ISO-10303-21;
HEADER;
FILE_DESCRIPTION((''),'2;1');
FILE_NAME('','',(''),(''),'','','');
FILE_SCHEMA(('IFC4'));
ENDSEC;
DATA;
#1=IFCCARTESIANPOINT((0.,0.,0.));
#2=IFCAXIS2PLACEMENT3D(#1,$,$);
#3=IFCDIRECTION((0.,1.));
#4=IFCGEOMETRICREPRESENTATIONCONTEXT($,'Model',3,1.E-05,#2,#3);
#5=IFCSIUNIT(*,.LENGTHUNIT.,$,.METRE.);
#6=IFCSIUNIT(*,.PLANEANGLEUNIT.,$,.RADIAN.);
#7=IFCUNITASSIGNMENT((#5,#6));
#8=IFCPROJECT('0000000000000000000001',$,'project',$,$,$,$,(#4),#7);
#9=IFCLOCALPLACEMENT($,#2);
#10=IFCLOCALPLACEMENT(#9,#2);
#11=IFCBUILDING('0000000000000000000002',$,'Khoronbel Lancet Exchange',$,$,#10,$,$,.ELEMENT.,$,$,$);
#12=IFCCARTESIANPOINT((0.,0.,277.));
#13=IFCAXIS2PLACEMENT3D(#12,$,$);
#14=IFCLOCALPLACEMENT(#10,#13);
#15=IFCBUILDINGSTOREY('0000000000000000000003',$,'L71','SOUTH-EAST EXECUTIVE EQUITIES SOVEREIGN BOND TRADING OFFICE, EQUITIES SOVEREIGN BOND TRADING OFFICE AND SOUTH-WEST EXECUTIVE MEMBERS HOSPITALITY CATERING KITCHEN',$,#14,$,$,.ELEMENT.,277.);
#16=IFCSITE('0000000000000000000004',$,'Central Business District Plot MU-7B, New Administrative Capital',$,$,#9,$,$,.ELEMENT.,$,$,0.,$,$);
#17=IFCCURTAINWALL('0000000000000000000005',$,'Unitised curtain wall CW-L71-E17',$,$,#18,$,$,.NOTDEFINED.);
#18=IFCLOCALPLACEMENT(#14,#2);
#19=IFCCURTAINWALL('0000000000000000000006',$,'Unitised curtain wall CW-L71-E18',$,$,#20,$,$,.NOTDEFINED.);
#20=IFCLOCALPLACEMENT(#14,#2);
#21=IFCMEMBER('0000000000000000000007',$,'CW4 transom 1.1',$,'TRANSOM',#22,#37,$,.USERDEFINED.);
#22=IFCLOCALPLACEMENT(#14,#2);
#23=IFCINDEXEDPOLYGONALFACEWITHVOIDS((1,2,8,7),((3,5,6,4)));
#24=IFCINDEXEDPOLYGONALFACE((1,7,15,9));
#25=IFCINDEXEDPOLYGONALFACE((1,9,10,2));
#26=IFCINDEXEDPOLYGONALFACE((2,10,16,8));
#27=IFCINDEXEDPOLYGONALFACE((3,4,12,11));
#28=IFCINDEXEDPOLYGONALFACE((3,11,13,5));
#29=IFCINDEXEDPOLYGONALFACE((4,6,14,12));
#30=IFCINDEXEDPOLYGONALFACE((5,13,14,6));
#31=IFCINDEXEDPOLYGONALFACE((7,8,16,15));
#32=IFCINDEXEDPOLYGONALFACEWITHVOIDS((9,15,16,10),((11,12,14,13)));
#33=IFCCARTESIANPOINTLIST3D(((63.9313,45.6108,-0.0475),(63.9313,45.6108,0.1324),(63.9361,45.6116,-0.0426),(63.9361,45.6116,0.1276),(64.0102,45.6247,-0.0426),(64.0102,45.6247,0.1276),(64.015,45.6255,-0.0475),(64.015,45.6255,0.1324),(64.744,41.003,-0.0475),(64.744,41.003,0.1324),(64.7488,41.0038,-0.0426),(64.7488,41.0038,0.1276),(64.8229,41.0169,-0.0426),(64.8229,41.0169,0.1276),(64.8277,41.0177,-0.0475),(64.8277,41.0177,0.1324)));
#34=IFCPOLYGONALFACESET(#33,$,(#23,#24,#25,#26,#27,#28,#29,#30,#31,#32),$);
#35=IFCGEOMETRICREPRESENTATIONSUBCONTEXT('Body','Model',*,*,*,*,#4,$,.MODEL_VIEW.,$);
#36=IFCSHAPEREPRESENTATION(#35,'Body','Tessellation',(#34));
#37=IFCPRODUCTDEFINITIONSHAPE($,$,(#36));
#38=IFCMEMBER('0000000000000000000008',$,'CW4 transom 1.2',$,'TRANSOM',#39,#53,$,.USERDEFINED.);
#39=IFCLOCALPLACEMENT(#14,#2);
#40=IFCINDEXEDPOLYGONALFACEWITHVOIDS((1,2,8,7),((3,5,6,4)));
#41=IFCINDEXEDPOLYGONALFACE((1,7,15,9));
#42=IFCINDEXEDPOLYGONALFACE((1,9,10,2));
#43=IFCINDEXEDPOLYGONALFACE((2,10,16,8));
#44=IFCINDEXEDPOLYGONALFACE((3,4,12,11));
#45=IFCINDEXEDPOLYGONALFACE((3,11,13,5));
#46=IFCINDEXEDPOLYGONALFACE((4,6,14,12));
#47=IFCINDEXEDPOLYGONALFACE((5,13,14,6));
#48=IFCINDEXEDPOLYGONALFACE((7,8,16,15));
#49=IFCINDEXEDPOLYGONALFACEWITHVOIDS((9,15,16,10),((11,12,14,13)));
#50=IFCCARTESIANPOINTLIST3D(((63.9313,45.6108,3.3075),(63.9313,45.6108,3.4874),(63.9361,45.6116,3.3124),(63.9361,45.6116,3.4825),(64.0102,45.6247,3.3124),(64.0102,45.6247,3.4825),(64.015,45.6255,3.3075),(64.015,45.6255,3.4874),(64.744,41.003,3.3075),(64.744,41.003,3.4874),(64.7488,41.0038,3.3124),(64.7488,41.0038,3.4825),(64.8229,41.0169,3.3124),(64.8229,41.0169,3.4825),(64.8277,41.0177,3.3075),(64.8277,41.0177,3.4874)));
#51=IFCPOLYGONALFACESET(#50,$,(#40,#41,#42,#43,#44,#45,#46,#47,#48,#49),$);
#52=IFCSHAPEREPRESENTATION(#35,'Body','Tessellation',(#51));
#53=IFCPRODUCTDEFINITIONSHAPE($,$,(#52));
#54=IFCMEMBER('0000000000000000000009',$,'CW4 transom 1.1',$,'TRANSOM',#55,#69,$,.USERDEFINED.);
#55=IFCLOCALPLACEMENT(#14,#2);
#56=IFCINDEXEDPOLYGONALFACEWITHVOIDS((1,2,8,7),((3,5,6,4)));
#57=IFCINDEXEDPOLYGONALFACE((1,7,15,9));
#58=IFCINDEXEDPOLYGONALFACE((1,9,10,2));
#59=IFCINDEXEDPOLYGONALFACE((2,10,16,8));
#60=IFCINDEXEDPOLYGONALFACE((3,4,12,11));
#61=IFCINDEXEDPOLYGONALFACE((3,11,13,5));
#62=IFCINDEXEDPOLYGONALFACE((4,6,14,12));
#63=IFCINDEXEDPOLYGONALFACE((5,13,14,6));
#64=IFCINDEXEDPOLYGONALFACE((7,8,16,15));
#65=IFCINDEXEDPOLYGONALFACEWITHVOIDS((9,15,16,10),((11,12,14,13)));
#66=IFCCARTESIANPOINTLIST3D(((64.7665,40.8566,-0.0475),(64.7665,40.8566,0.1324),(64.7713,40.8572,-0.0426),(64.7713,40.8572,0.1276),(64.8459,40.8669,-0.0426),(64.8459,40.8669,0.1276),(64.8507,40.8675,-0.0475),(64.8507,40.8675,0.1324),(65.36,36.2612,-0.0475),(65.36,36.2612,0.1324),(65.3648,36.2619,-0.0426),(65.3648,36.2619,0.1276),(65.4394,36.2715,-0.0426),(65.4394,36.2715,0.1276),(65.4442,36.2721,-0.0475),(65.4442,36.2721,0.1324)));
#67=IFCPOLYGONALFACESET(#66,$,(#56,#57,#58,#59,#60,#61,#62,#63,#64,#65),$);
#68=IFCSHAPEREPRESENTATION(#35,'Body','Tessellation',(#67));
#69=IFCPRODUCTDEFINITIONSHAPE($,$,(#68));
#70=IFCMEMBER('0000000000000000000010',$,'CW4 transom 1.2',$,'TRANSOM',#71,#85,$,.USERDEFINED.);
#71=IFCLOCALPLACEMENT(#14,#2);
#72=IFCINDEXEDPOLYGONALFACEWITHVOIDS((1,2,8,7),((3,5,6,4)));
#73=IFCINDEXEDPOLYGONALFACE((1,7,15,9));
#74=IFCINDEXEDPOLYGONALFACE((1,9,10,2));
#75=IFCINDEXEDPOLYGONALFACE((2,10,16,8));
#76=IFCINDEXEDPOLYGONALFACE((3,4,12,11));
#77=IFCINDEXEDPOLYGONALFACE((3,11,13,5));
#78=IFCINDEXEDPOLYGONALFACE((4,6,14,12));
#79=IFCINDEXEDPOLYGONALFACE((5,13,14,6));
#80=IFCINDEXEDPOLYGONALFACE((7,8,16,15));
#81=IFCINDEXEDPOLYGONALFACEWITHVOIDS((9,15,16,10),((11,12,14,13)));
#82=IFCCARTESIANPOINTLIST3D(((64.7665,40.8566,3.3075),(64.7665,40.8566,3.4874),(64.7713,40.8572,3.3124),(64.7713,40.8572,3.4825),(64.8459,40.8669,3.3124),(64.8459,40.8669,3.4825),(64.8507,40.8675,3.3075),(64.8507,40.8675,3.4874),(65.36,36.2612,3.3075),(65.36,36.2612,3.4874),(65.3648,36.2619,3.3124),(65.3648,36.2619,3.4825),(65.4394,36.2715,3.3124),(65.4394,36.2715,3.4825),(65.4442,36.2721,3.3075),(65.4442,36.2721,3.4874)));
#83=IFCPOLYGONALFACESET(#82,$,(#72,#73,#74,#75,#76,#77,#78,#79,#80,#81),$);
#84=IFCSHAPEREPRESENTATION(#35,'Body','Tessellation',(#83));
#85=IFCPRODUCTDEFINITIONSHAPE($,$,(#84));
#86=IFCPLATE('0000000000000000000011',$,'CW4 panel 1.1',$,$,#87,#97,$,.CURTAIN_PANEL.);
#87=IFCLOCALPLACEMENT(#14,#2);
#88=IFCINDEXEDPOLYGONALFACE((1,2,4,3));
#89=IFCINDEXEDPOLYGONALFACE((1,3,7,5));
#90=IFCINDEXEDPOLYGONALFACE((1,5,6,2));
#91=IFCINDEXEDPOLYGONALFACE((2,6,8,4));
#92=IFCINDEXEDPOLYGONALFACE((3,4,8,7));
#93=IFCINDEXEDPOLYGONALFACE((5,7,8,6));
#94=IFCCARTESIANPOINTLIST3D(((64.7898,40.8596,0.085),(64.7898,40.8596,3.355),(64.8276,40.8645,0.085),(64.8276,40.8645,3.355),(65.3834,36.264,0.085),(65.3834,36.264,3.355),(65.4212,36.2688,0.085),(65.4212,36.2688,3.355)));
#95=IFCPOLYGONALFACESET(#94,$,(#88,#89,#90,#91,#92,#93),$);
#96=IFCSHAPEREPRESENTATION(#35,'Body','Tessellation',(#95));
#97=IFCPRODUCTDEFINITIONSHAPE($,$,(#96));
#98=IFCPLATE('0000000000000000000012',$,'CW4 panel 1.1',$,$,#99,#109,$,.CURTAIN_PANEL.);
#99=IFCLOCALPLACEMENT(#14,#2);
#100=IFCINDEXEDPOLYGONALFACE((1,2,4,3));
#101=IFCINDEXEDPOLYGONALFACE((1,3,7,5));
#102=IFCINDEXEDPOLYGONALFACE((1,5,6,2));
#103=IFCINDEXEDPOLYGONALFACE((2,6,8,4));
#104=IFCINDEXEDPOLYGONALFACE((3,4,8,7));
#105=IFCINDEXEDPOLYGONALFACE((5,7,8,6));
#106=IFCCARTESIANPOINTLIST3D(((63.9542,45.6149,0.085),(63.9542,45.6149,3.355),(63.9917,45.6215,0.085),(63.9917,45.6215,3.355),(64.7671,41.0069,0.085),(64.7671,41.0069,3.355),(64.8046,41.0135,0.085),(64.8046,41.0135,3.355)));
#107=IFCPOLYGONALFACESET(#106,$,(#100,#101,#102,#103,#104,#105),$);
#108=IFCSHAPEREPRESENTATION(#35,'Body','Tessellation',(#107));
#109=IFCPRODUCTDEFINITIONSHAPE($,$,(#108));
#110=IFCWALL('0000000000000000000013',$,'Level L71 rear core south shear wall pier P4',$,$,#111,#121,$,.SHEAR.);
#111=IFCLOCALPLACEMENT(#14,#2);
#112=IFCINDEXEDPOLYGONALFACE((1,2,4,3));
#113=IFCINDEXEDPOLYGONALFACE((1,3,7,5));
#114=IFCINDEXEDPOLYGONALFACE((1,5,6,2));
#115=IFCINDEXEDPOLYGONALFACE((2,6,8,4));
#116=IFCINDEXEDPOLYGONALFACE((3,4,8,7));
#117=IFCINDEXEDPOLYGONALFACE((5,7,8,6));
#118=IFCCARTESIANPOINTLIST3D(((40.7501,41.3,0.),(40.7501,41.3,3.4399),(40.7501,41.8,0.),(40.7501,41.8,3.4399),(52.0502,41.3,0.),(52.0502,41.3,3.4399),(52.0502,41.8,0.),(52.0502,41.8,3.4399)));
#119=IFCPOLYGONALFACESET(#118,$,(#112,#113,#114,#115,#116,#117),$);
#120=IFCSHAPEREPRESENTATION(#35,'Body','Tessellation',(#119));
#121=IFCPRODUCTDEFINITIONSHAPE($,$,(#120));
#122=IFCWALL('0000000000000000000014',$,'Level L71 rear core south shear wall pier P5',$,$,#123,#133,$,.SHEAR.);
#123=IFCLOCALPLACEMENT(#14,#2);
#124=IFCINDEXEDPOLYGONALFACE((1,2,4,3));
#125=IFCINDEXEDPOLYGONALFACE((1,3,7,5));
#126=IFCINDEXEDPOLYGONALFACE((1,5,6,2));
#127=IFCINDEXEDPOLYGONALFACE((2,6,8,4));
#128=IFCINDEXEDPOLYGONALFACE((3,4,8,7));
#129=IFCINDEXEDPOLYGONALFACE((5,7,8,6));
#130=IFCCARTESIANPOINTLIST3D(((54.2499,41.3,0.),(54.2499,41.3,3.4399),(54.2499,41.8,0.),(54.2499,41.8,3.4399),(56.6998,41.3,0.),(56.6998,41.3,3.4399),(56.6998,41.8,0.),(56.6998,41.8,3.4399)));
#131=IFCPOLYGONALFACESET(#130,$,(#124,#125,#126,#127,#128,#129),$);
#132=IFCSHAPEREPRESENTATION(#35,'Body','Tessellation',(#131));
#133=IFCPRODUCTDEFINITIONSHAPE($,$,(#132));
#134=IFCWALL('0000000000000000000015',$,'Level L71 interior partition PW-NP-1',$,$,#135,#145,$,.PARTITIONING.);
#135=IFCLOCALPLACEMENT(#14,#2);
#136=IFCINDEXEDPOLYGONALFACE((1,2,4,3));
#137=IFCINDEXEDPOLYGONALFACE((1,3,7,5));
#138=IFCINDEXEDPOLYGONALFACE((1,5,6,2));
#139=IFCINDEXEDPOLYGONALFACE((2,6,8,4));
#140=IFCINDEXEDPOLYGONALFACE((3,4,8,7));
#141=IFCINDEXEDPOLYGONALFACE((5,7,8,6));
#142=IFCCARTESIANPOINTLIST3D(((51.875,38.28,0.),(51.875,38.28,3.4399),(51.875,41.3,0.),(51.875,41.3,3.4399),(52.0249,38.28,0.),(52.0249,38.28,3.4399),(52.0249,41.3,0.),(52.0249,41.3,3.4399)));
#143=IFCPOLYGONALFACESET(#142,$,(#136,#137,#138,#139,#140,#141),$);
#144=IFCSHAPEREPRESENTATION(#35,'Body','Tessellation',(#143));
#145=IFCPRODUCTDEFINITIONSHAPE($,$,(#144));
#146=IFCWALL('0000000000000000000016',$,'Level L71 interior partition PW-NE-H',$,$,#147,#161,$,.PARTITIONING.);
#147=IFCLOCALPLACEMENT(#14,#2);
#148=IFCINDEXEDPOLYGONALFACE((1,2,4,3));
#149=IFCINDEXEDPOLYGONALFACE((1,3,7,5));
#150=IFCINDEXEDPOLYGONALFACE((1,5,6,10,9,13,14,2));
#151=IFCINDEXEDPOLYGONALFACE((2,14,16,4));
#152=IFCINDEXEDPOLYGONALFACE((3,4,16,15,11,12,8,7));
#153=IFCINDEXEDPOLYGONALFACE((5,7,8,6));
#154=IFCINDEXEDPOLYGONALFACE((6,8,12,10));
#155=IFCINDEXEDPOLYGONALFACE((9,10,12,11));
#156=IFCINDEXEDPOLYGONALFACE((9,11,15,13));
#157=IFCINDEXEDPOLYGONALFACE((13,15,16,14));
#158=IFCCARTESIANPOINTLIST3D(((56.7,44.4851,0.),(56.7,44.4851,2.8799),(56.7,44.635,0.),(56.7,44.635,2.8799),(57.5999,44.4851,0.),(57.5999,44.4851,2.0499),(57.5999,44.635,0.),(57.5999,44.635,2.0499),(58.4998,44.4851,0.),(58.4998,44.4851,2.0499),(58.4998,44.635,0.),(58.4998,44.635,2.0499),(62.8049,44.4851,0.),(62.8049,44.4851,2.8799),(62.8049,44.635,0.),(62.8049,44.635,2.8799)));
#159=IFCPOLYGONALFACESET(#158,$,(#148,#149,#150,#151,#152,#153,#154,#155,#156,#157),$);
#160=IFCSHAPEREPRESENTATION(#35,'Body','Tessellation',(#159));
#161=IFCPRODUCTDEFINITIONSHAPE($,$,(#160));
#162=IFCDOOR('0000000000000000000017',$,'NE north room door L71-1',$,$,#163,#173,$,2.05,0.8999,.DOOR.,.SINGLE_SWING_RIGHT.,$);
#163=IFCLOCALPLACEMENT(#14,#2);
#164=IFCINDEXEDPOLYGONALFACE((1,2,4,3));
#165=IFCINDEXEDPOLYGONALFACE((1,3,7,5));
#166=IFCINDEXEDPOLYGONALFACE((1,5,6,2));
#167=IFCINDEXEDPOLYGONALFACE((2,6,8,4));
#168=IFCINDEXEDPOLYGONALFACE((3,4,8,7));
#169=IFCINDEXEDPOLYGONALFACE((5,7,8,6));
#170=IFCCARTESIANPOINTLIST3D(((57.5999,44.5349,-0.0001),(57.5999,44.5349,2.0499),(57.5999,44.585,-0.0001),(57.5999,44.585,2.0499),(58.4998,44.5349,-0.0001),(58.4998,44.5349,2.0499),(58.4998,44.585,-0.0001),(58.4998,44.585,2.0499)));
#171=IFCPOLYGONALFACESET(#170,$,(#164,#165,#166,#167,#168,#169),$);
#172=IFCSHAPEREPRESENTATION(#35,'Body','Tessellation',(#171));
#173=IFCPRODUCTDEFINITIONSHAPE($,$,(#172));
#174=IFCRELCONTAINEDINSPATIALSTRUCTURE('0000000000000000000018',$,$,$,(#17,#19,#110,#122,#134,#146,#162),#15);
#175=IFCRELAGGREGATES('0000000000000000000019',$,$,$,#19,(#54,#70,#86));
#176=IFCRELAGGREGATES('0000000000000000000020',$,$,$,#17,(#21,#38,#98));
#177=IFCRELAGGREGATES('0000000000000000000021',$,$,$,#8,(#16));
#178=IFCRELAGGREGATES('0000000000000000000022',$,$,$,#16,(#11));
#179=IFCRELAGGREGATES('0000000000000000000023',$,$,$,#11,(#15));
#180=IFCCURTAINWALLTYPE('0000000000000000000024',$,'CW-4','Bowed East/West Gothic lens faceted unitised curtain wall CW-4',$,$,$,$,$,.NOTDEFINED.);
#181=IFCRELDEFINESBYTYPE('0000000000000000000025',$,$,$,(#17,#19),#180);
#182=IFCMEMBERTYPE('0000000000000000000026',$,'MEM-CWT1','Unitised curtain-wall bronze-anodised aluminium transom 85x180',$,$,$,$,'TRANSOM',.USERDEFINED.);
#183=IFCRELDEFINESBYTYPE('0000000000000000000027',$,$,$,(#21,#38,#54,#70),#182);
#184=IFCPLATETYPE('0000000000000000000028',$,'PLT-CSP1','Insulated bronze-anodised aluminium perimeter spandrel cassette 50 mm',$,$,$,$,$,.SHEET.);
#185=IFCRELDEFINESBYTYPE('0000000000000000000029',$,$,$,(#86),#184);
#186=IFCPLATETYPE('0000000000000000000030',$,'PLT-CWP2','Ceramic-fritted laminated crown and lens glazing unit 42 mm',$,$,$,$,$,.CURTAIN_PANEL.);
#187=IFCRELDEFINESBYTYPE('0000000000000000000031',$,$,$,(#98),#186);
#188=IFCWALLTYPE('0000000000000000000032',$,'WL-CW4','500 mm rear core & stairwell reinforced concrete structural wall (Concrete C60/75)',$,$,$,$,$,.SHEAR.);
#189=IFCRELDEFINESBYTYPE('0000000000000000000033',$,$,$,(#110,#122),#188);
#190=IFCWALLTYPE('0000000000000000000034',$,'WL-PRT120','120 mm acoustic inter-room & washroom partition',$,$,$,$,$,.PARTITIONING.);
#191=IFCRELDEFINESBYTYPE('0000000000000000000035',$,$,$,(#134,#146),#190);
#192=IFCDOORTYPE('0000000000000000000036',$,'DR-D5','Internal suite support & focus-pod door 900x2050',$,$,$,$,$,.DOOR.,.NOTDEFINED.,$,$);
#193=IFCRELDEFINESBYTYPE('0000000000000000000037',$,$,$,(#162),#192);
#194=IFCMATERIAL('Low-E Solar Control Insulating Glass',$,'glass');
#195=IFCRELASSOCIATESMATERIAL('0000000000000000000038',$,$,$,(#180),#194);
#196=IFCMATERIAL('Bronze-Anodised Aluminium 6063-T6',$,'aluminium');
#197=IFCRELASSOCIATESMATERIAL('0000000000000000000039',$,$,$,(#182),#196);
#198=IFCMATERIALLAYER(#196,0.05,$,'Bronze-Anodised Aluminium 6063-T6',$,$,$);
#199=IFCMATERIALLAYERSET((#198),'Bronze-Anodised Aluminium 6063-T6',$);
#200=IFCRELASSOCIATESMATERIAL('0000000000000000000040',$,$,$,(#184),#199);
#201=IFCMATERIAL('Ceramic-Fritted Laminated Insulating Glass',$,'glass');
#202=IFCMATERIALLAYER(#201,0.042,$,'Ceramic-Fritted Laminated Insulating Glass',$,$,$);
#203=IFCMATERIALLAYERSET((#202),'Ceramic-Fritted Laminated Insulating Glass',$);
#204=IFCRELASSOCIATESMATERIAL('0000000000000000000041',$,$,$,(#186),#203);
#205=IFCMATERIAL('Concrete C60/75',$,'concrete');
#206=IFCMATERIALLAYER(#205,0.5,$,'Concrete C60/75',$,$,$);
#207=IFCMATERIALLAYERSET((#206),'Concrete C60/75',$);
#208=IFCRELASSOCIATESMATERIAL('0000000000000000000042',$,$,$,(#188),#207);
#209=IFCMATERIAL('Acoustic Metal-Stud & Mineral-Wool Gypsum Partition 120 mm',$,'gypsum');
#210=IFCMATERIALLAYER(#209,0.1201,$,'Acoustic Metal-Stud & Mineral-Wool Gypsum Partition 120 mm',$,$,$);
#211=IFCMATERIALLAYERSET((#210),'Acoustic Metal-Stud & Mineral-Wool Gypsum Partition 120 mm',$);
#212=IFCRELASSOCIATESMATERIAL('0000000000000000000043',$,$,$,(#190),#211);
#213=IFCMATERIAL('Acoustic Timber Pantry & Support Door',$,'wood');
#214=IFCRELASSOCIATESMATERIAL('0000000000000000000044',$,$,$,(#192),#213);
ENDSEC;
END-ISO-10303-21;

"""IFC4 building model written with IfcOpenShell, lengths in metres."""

from ifc_helpers import new_model, si_unit, direction, frame, frame_2d, origin, origin_2d, place, context, subcontext, project, spatial, rectangle, hollow_rectangle, extrude, material, layer, layer_set, material_profile, profile_set, type_object, element, fill, aggregate, save


model = new_model("IFC4")

# Units and contexts
model_context = context("Model", 3, precision=1e-05, world=origin(), true_north=direction((0.0, 1.0)))
body_context = subcontext(model_context, "Body", "Model", "MODEL_VIEW")
ifc_project = project(units=[si_unit("LENGTHUNIT", "METRE"), si_unit("PLANEANGLEUNIT", "RADIAN")], contexts=[model_context])

# Site, building, storey
site_placement = place(None, origin())
site = spatial("IfcSite", under=ifc_project, at=site_placement, Name="Central Business District Plot MU-7B, New Administrative Capital", CompositionType="ELEMENT", RefElevation=0.0)
building_placement = place(site_placement, origin())
building = spatial("IfcBuilding", under=site, at=building_placement, Name="Khoronbel Lancet Exchange", CompositionType="ELEMENT")
storey_placement = place(building_placement, frame((0.0, 0.0, 277.0)))
storey = spatial("IfcBuildingStorey", under=building, at=storey_placement, Name="L71", Description="SOUTH-EAST EXECUTIVE EQUITIES SOVEREIGN BOND TRADING OFFICE, EQUITIES SOVEREIGN BOND TRADING OFFICE AND SOUTH-WEST EXECUTIVE MEMBERS HOSPITALITY CATERING KITCHEN", CompositionType="ELEMENT", Elevation=277.0)

# Shared definitions
ifc_material_1 = material(Name="Concrete C60/75", Category="concrete")

# Curtain walls
ifc_material_2 = material(Name="Low-E Solar Control Insulating Glass", Category="glass")
curtain_wall_type = type_object("IfcCurtainWallType", Name="CW-4", Description="Bowed East/West Gothic lens faceted unitised curtain wall CW-4", PredefinedType="NOTDEFINED", material=ifc_material_2)
curtain_wall_1_placement = place(storey_placement, origin())
curtain_wall_1 = element("IfcCurtainWall", 1, at=curtain_wall_1_placement, inside=storey, type_object=curtain_wall_type, Name="Unitised curtain wall CW-L71-E17", PredefinedType="NOTDEFINED")
ifc_material_3 = material(Name="Bronze-Anodised Aluminium 6063-T6", Category="aluminium")
curtain_wall_2_placement = place(storey_placement, origin())
curtain_wall_2 = element("IfcCurtainWall", 2, at=curtain_wall_2_placement, inside=storey, type_object=curtain_wall_type, Name="Unitised curtain wall CW-L71-E18", PredefinedType="NOTDEFINED")

# Members
ifc_material_profile_1 = material_profile(ifc_material_3, hollow_rectangle(XDim=0.085, YDim=0.1799, WallThickness=0.0049, at=origin_2d()), Name="ALU TRANSOM 85x180")
ifc_profile_set_1 = profile_set([ifc_material_profile_1], Name="Bronze-Anodised Aluminium 6063-T6")
member_type_1 = type_object("IfcMemberType", Name="MEM-CWT1", Description="Unitised curtain-wall bronze-anodised aluminium transom 85x180", ElementType="TRANSOM", PredefinedType="USERDEFINED", material=ifc_profile_set_1)
member_1_placement = place(storey_placement, frame((63.9731, 45.6182, 0.0425), z_axis=(0.173699, -0.984799, 0.0), x_axis=(0.984799, 0.173699, 0.0)))
member_1 = element("IfcMember", 3, at=member_1_placement, type_object=member_type_1, Name="CW4 transom 1.1", ObjectType="TRANSOM", PredefinedType="USERDEFINED", context=body_context, shape_type="SweptSolid", body=[
    extrude(hollow_rectangle(XDim=0.085, YDim=0.1799, WallThickness=0.0049, at=origin_2d()), origin(), (0.0, 0.0, 1.0), 4.679),
])
member_2_placement = place(storey_placement, frame((63.9731, 45.6182, 3.3975), z_axis=(0.173699, -0.984799, 0.0), x_axis=(0.984799, 0.173699, 0.0)))
member_2 = element("IfcMember", 4, at=member_2_placement, type_object=member_type_1, Name="CW4 transom 1.2", ObjectType="TRANSOM", PredefinedType="USERDEFINED", context=body_context, shape_type="SweptSolid", body=[
    extrude(hollow_rectangle(XDim=0.085, YDim=0.1799, WallThickness=0.0049, at=origin_2d()), origin(), (0.0, 0.0, 1.0), 4.679),
])
member_3_placement = place(storey_placement, frame((64.8086, 40.8621, 0.0425), z_axis=(0.128087, -0.991763, 0.0), x_axis=(0.991763, 0.128087, 0.0)))
member_3 = element("IfcMember", 5, at=member_3_placement, type_object=member_type_1, Name="CW4 transom 1.1", ObjectType="TRANSOM", PredefinedType="USERDEFINED", context=body_context, shape_type="SweptSolid", body=[
    extrude(hollow_rectangle(XDim=0.085, YDim=0.1799, WallThickness=0.0049, at=origin_2d()), origin(), (0.0, 0.0, 1.0), 4.6335),
])
member_4_placement = place(storey_placement, frame((64.8086, 40.8621, 3.3975), z_axis=(0.128087, -0.991763, 0.0), x_axis=(0.991763, 0.128087, 0.0)))
member_4 = element("IfcMember", 6, at=member_4_placement, type_object=member_type_1, Name="CW4 transom 1.2", ObjectType="TRANSOM", PredefinedType="USERDEFINED", context=body_context, shape_type="SweptSolid", body=[
    extrude(hollow_rectangle(XDim=0.085, YDim=0.1799, WallThickness=0.0049, at=origin_2d()), origin(), (0.0, 0.0, 1.0), 4.6335),
])

# Plates
ifc_layer_1 = layer(ifc_material_3, 0.05, Name="Bronze-Anodised Aluminium 6063-T6")
ifc_layer_set_1 = layer_set([ifc_layer_1], Name="Bronze-Anodised Aluminium 6063-T6")
plate_type_1 = type_object("IfcPlateType", Name="PLT-CSP1", Description="Insulated bronze-anodised aluminium perimeter spandrel cassette 50 mm", PredefinedType="SHEET", material=ifc_layer_set_1)
plate_1_placement = place(storey_placement, frame((65.1055, 38.5642, 0.085), z_axis=(0.0, 0.0, 1.0), x_axis=(0.128101, -0.991761, 0.0)))
plate_1 = element("IfcPlate", 7, at=plate_1_placement, type_object=plate_type_1, Name="CW4 panel 1.1", PredefinedType="CURTAIN_PANEL", context=body_context, shape_type="SweptSolid", body=[
    extrude(rectangle(XDim=4.6338, YDim=0.0381, at=origin_2d()), origin(), (0.0, 0.0, 1.0), 3.27),
])
aggregate(curtain_wall_2, [member_3, member_4, plate_1])
ifc_material_4 = material(Name="Ceramic-Fritted Laminated Insulating Glass", Category="glass")
ifc_layer_2 = layer(ifc_material_4, 0.042, Name="Ceramic-Fritted Laminated Insulating Glass")
ifc_layer_set_2 = layer_set([ifc_layer_2], Name="Ceramic-Fritted Laminated Insulating Glass")
plate_type_2 = type_object("IfcPlateType", Name="PLT-CWP2", Description="Ceramic-fritted laminated crown and lens glazing unit 42 mm", PredefinedType="CURTAIN_PANEL", material=ifc_layer_set_2)
plate_2_placement = place(storey_placement, frame((64.3794, 43.3142, 0.085), z_axis=(0.0, 0.0, 1.0), x_axis=(0.173737, -0.984792, 0.0)))
plate_2 = element("IfcPlate", 8, at=plate_2_placement, type_object=plate_type_2, Name="CW4 panel 1.1", PredefinedType="CURTAIN_PANEL", context=body_context, shape_type="SweptSolid", body=[
    extrude(rectangle(XDim=4.6792, YDim=0.0381, at=origin_2d()), origin(), (0.0, 0.0, 1.0), 3.27),
])
aggregate(curtain_wall_1, [member_1, member_2, plate_2])

# Walls
ifc_layer_3 = layer(ifc_material_1, 0.5, Name="Concrete C60/75")
ifc_layer_set_3 = layer_set([ifc_layer_3], Name="Concrete C60/75")
wall_type_1 = type_object("IfcWallType", Name="WL-CW4", Description="500 mm rear core & stairwell reinforced concrete structural wall (Concrete C60/75)", PredefinedType="SHEAR", material=ifc_layer_set_3)
wall_1_placement = place(storey_placement, frame((52.05, 41.55, 0.0), z_axis=(0.0, 0.0, 1.0), x_axis=(-1.0, 0.0, 0.0)))
element("IfcWall", 9, at=wall_1_placement, inside=storey, type_object=wall_type_1, Name="Level L71 rear core south shear wall pier P4", PredefinedType="SHEAR", context=body_context, shape_type="SweptSolid", body=[
    extrude(rectangle(XDim=11.3, YDim=0.5, at=frame_2d((5.6499, 0.0))), origin(), (0.0, 0.0, 1.0), 3.4399),
])
wall_2_placement = place(storey_placement, frame((56.7, 41.55, 0.0), z_axis=(0.0, 0.0, 1.0), x_axis=(-1.0, 0.0, 0.0)))
element("IfcWall", 10, at=wall_2_placement, inside=storey, type_object=wall_type_1, Name="Level L71 rear core south shear wall pier P5", PredefinedType="SHEAR", context=body_context, shape_type="SweptSolid", body=[
    extrude(rectangle(XDim=2.45, YDim=0.5, at=frame_2d((1.2251, 0.0))), origin(), (0.0, 0.0, 1.0), 3.4399),
])
ifc_material_5 = material(Name="Acoustic Metal-Stud & Mineral-Wool Gypsum Partition 120 mm", Category="gypsum")
ifc_layer_4 = layer(ifc_material_5, 0.1201, Name="Acoustic Metal-Stud & Mineral-Wool Gypsum Partition 120 mm")
ifc_layer_set_4 = layer_set([ifc_layer_4], Name="Acoustic Metal-Stud & Mineral-Wool Gypsum Partition 120 mm")
wall_type_2 = type_object("IfcWallType", Name="WL-PRT120", Description="120 mm acoustic inter-room & washroom partition", PredefinedType="PARTITIONING", material=ifc_layer_set_4)
wall_3_placement = place(storey_placement, frame((51.95, 38.28, 0.0), z_axis=(0.0, 0.0, 1.0), x_axis=(0.0, 1.0, 0.0)))
element("IfcWall", 11, at=wall_3_placement, inside=storey, type_object=wall_type_2, Name="Level L71 interior partition PW-NP-1", PredefinedType="PARTITIONING", context=body_context, shape_type="SweptSolid", body=[
    extrude(rectangle(XDim=3.02, YDim=0.1499, at=frame_2d((1.51, 0.0))), origin(), (0.0, 0.0, 1.0), 3.4399),
])

# Wall, opening, door
wall_4_placement = place(storey_placement, frame((56.7, 44.5601, 0.0), z_axis=(0.0, 0.0, 1.0), x_axis=(1.0, 0.0, 0.0)))
wall_4 = element("IfcWall", 12, at=wall_4_placement, inside=storey, type_object=wall_type_2, Name="Level L71 interior partition PW-NE-H", PredefinedType="PARTITIONING", context=body_context, shape_type="SweptSolid", body=[
    extrude(rectangle(XDim=6.105, YDim=0.1499, at=frame_2d((3.0525, 0.0))), origin(), (0.0, 0.0, 1.0), 2.8799),
])
opening_1_placement = place(wall_4_placement, frame((0.8999, 0.0, 0.0)))
opening_1 = element("IfcOpeningElement", 13, at=opening_1_placement, cuts=wall_4, PredefinedType="OPENING", context=body_context, shape_type="SweptSolid", body=[
    extrude(rectangle(XDim=0.8999, YDim=2.05, at=frame_2d((0.45, 1.0249))), frame((0.0, 0.085, 0.0), z_axis=(0.0, -1.0, 0.0), x_axis=(1.0, 0.0, 0.0)), (0.0, 0.0, 1.0), 0.1699),
])
ifc_material_6 = material(Name="Acoustic Timber Pantry & Support Door", Category="wood")
door_type_1 = type_object("IfcDoorType", Name="DR-D5", Description="Internal suite support & focus-pod door 900x2050", OperationType="NOTDEFINED", PredefinedType="DOOR", material=ifc_material_6)
door_1_placement = place(opening_1_placement, origin())
door_1 = element("IfcDoor", 14, at=door_1_placement, inside=storey, type_object=door_type_1, Name="NE north room door L71-1", OperationType="SINGLE_SWING_RIGHT", OverallHeight=2.05, OverallWidth=0.8999, PredefinedType="DOOR", context=body_context, shape_type="SweptSolid", body=[
    extrude(rectangle(XDim=0.8999, YDim=2.05, at=frame_2d((0.45, 1.0249))), frame((0.0, 0.0249, 0.0), z_axis=(0.0, -1.0, 0.0), x_axis=(1.0, 0.0, 0.0)), (0.0, 0.0, 1.0), 0.05),
])
fill(opening_1, door_1)

save(model, "model.ifc")
